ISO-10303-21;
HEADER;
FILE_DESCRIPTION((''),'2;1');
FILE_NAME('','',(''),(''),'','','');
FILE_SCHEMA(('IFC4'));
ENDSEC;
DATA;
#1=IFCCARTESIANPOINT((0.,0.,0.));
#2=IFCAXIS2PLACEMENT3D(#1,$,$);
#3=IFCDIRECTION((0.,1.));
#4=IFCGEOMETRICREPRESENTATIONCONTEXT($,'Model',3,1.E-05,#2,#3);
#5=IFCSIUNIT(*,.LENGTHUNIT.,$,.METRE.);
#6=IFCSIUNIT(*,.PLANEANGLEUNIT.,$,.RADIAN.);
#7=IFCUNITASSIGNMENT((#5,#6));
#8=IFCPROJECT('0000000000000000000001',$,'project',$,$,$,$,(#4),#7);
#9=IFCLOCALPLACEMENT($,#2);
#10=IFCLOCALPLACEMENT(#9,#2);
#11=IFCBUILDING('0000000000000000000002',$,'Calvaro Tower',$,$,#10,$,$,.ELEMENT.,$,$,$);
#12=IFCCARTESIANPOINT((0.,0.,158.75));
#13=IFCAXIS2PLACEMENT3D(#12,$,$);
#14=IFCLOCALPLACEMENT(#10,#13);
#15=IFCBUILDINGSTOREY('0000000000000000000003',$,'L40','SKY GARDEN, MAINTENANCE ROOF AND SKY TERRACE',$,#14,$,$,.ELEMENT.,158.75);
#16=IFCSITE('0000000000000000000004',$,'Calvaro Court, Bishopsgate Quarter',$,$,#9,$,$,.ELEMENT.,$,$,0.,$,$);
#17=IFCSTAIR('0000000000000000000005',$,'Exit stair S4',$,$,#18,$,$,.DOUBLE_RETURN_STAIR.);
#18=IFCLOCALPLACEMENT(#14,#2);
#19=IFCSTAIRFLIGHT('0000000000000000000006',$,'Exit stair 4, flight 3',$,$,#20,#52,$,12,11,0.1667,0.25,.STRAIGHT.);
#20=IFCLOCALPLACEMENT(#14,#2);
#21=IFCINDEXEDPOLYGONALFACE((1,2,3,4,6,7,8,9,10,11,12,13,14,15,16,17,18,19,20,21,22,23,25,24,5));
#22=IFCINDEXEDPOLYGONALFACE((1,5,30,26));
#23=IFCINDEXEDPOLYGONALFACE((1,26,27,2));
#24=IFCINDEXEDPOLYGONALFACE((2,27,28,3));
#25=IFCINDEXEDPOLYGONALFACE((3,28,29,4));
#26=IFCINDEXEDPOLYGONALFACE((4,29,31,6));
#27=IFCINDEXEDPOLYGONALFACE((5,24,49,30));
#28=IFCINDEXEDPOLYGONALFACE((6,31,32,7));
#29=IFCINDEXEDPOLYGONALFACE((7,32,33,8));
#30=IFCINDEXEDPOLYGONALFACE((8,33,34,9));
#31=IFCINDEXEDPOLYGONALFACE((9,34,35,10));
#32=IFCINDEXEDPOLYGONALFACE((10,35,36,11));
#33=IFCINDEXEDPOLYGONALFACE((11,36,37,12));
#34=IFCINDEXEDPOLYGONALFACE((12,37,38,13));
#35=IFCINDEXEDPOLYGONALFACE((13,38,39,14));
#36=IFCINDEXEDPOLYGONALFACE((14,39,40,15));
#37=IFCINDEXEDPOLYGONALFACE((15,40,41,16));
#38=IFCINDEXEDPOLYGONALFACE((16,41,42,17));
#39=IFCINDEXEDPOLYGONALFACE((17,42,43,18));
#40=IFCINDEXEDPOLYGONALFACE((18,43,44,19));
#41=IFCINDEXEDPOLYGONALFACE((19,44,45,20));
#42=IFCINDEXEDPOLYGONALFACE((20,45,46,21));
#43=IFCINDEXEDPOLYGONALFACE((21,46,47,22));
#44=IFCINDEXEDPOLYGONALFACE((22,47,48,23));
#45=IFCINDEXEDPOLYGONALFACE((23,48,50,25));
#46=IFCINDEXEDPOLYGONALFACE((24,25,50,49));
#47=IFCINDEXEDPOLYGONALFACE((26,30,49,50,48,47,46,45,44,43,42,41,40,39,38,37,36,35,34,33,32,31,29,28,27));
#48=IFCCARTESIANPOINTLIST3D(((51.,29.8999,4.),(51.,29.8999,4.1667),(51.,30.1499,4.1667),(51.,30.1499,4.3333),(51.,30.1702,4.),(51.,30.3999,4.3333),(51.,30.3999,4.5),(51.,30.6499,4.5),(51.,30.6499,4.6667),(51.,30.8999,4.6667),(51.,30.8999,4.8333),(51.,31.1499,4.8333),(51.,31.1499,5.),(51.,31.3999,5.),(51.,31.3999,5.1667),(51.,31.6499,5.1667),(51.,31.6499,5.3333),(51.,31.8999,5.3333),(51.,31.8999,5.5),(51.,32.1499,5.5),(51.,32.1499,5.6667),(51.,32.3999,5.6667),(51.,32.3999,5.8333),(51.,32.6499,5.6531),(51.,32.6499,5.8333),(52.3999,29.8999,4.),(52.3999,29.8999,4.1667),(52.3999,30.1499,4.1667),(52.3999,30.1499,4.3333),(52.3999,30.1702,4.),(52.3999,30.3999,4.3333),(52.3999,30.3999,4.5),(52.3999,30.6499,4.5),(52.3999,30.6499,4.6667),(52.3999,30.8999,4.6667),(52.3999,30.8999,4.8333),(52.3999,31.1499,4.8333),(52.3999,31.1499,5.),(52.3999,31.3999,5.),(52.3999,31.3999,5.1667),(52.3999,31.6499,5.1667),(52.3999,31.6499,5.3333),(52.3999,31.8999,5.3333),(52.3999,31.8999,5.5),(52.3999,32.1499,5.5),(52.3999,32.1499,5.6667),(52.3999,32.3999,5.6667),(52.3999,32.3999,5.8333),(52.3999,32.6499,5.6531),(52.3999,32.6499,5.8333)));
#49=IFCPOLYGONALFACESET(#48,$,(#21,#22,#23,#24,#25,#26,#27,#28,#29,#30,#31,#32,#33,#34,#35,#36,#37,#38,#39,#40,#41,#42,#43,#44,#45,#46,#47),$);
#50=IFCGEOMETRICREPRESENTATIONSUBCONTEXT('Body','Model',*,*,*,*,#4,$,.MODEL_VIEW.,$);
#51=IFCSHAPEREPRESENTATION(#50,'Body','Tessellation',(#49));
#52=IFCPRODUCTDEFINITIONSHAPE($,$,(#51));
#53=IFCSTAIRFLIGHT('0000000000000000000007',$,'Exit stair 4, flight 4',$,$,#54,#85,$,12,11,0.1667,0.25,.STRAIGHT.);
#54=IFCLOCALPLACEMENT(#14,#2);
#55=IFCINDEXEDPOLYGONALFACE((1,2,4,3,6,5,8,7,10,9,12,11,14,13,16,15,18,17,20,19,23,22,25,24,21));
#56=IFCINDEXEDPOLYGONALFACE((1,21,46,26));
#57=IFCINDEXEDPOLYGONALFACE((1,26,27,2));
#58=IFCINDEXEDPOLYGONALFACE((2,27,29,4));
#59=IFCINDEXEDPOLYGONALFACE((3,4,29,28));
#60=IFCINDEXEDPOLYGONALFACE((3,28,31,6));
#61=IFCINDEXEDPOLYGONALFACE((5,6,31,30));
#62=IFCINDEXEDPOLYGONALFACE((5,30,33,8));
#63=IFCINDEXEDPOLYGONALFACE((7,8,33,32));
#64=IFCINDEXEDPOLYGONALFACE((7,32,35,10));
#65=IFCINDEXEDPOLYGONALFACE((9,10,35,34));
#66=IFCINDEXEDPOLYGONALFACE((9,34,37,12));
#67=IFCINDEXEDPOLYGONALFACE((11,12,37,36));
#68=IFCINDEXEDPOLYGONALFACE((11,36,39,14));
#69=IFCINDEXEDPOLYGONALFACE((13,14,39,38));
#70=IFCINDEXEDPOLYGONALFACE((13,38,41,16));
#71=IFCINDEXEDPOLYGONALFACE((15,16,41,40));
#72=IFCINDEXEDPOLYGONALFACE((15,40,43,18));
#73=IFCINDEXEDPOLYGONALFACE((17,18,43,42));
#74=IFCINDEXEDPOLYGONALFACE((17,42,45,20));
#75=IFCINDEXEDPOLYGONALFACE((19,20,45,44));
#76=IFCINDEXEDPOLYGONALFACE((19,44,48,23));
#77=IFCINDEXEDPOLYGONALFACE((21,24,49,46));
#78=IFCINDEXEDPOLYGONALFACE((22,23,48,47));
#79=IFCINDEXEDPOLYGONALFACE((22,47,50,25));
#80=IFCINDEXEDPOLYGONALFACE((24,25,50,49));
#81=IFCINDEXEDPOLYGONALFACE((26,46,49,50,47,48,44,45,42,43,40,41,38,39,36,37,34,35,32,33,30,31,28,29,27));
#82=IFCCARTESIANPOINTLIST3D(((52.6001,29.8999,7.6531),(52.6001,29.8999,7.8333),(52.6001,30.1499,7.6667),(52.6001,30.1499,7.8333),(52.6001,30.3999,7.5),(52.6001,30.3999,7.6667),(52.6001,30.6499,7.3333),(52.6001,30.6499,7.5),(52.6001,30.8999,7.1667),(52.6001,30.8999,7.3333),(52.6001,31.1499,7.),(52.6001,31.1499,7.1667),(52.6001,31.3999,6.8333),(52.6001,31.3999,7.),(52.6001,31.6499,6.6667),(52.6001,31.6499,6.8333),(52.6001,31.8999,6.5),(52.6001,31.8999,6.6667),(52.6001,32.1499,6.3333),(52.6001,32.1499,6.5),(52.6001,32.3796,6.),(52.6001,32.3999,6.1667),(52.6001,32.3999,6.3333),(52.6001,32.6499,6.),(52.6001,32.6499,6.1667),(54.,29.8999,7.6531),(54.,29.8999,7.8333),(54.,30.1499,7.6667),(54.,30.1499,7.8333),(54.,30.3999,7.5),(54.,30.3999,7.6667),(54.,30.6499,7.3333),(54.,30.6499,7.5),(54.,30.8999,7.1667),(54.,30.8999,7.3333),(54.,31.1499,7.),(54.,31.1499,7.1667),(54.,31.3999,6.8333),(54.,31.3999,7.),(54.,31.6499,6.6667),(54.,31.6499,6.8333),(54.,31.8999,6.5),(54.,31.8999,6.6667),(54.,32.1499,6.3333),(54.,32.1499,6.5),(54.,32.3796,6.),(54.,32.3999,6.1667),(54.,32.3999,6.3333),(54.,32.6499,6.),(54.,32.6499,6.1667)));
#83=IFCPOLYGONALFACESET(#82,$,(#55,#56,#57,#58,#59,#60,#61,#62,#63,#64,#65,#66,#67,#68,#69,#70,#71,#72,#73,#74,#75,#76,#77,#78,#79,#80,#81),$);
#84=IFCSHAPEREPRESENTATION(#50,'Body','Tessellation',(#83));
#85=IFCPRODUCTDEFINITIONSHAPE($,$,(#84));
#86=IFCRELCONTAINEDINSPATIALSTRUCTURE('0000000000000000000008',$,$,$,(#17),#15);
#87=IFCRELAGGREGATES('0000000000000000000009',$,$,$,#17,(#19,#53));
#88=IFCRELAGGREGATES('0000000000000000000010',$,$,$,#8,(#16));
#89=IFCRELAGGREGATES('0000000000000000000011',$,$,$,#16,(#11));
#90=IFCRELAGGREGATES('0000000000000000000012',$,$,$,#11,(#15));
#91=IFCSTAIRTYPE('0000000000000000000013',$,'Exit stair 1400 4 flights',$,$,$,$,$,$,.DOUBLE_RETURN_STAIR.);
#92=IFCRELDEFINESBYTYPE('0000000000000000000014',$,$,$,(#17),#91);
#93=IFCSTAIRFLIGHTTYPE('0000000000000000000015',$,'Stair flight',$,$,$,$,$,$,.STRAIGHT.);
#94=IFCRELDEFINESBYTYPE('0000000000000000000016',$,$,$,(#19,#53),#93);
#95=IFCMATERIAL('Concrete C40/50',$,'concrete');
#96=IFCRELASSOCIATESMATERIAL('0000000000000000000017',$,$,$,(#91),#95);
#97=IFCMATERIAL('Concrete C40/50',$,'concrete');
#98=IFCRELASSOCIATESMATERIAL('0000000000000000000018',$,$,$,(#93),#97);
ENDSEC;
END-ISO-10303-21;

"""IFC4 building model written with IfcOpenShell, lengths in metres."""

from ifc_helpers import new_model, si_unit, direction, frame, origin, place, context, subcontext, project, spatial, polyline, outline, extrude, material, type_object, element, aggregate, save


model = new_model("IFC4")

# Units and contexts
model_context = context("Model", 3, precision=1e-05, world=origin(), true_north=direction((0.0, 1.0)))
body_context = subcontext(model_context, "Body", "Model", "MODEL_VIEW")
ifc_project = project(units=[si_unit("LENGTHUNIT", "METRE"), si_unit("PLANEANGLEUNIT", "RADIAN")], contexts=[model_context])

# Site, building, storey
site_placement = place(None, origin())
site = spatial("IfcSite", under=ifc_project, at=site_placement, Name="Calvaro Court, Bishopsgate Quarter", CompositionType="ELEMENT", RefElevation=0.0)
building_placement = place(site_placement, origin())
building = spatial("IfcBuilding", under=site, at=building_placement, Name="Calvaro Tower", CompositionType="ELEMENT")
storey_placement = place(building_placement, frame((0.0, 0.0, 158.75)))
storey = spatial("IfcBuildingStorey", under=building, at=storey_placement, Name="L40", Description="SKY GARDEN, MAINTENANCE ROOF AND SKY TERRACE", CompositionType="ELEMENT", Elevation=158.75)

# Stair, stair flights
ifc_material_1 = material(Name="Concrete C40/50", Category="concrete")
stair_type = type_object("IfcStairType", Name="Exit stair 1400 4 flights", PredefinedType="DOUBLE_RETURN_STAIR", material=ifc_material_1)
stair_placement = place(storey_placement, origin())
stair = element("IfcStair", 1, at=stair_placement, inside=storey, type_object=stair_type, Name="Exit stair S4", PredefinedType="DOUBLE_RETURN_STAIR")
ifc_material_2 = material(Name="Concrete C40/50", Category="concrete")
stair_flight_type = type_object("IfcStairFlightType", Name="Stair flight", PredefinedType="STRAIGHT", material=ifc_material_2)
stair_flight_1_placement = place(storey_placement, frame((51.7, 29.8999, 4.0), z_axis=(0.0, 0.0, 1.0), x_axis=(0.0, 1.0, 0.0)))
stair_flight_1 = element("IfcStairFlight", 2, at=stair_flight_1_placement, type_object=stair_flight_type, Name="Exit stair 4, flight 3", NumberOfRisers=12, NumberOfTreads=11, PredefinedType="STRAIGHT", RiserHeight=0.1667, TreadLength=0.25, context=body_context, shape_type="SweptSolid", body=[
    extrude(outline(polyline([(0.0, 0.0), (0.0, 0.1667), (0.25, 0.1667), (0.25, 0.3333), (0.5, 0.3333), (0.5, 0.5), (0.75, 0.5), (0.75, 0.6667), (1.0, 0.6667), (1.0, 0.8333), (1.25, 0.8333), (1.25, 1.0), (1.5, 1.0), (1.5, 1.1667), (1.75, 1.1667), (1.75, 1.3333), (2.0, 1.3333), (2.0, 1.5), (2.25, 1.5), (2.25, 1.6667), (2.5, 1.6667), (2.5, 1.8333), (2.75, 1.8333), (2.75, 2.0), (2.75, 1.6531), (0.2703, 0.0), (0.0, 0.0)])), frame((0.0, 0.7, 0.0), z_axis=(0.0, -1.0, 0.0), x_axis=(1.0, 0.0, 0.0)), (0.0, 0.0, 1.0), 1.3999),
])
stair_flight_2_placement = place(storey_placement, frame((53.3, 32.6499, 6.0), z_axis=(0.0, 0.0, 1.0), x_axis=(0.0, -1.0, 0.0)))
stair_flight_2 = element("IfcStairFlight", 3, at=stair_flight_2_placement, type_object=stair_flight_type, Name="Exit stair 4, flight 4", NumberOfRisers=12, NumberOfTreads=11, PredefinedType="STRAIGHT", RiserHeight=0.1667, TreadLength=0.25, context=body_context, shape_type="SweptSolid", body=[
    extrude(outline(polyline([(0.0, 0.0), (0.0, 0.1667), (0.25, 0.1667), (0.25, 0.3333), (0.5, 0.3333), (0.5, 0.5), (0.75, 0.5), (0.75, 0.6667), (1.0, 0.6667), (1.0, 0.8333), (1.25, 0.8333), (1.25, 1.0), (1.5, 1.0), (1.5, 1.1667), (1.75, 1.1667), (1.75, 1.3333), (2.0, 1.3333), (2.0, 1.5), (2.25, 1.5), (2.25, 1.6667), (2.5, 1.6667), (2.5, 1.8333), (2.75, 1.8333), (2.75, 2.0), (2.75, 1.6531), (0.2703, 0.0), (0.0, 0.0)])), frame((0.0, 0.7, 0.0), z_axis=(0.0, -1.0, 0.0), x_axis=(1.0, 0.0, 0.0)), (0.0, 0.0, 1.0), 1.3999),
])
aggregate(stair, [stair_flight_1, stair_flight_2])

save(model, "model.ifc")
